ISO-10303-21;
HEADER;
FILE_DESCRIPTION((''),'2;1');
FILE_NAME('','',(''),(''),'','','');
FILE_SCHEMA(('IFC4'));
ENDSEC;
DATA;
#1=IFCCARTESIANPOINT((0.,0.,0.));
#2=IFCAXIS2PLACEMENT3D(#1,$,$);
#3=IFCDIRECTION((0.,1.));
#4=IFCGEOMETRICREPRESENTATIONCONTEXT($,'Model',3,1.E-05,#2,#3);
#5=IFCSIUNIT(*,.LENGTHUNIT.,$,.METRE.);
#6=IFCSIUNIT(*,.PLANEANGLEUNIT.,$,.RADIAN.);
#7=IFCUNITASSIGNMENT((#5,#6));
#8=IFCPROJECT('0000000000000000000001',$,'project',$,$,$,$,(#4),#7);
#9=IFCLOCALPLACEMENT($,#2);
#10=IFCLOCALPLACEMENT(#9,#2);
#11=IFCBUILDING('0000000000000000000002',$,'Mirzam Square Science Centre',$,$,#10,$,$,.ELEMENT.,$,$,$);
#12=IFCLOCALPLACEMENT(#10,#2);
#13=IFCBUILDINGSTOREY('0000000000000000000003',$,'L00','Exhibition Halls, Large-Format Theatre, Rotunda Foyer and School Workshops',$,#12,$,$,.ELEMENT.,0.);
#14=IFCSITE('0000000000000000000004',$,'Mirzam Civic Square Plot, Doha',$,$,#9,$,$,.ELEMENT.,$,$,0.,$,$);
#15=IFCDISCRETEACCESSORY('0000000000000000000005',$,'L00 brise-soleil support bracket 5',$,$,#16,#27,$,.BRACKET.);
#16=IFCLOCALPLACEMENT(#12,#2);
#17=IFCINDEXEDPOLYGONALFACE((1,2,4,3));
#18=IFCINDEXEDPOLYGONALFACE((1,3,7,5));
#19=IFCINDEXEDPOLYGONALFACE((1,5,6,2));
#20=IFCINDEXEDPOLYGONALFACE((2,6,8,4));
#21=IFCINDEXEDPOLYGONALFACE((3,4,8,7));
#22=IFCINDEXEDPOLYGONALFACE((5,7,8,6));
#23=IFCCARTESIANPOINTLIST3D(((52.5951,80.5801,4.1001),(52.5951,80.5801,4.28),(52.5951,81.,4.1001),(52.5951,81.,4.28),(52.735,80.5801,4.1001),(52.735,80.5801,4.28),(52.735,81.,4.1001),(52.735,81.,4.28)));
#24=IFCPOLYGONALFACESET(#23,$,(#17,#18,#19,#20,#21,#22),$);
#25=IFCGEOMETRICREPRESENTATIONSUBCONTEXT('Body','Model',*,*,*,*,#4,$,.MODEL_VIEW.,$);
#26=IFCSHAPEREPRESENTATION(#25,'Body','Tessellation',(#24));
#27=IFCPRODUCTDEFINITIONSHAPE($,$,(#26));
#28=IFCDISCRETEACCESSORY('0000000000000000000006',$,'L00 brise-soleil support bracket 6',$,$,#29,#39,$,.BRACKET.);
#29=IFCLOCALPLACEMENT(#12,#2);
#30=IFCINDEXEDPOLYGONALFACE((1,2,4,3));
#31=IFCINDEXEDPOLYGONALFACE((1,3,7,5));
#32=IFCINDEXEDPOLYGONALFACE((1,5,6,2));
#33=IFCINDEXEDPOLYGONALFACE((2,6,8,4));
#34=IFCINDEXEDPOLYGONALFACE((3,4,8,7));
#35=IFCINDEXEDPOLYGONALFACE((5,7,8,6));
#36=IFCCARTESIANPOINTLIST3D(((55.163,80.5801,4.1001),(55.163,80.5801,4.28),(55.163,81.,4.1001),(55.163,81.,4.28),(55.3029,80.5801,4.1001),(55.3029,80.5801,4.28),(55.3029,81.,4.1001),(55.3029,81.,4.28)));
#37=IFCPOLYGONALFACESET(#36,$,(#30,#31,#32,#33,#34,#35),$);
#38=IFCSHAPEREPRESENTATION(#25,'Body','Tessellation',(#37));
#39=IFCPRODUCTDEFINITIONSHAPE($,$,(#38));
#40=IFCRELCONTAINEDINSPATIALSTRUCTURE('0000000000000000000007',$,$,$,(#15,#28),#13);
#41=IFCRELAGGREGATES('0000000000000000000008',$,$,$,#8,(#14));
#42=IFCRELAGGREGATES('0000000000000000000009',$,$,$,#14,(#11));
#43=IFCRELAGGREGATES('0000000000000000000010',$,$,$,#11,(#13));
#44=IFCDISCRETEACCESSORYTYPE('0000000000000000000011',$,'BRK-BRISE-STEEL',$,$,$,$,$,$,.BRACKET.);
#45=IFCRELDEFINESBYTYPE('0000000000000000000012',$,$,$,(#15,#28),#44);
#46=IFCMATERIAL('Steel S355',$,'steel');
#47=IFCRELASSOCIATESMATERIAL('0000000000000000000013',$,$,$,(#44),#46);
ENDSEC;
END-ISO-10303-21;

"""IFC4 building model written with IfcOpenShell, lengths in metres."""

from ifc_helpers import new_model, si_unit, direction, frame, origin, origin_2d, place, context, subcontext, project, spatial, rectangle, extrude, material, type_object, element, save


model = new_model("IFC4")

# Units and contexts
model_context = context("Model", 3, precision=1e-05, world=origin(), true_north=direction((0.0, 1.0)))
body_context = subcontext(model_context, "Body", "Model", "MODEL_VIEW")
ifc_project = project(units=[si_unit("LENGTHUNIT", "METRE"), si_unit("PLANEANGLEUNIT", "RADIAN")], contexts=[model_context])

# Site, building, storey
site_placement = place(None, origin())
site = spatial("IfcSite", under=ifc_project, at=site_placement, Name="Mirzam Civic Square Plot, Doha", CompositionType="ELEMENT", RefElevation=0.0)
building_placement = place(site_placement, origin())
building = spatial("IfcBuilding", under=site, at=building_placement, Name="Mirzam Square Science Centre", CompositionType="ELEMENT")
storey_placement = place(building_placement, origin())
storey = spatial("IfcBuildingStorey", under=building, at=storey_placement, Name="L00", Description="Exhibition Halls, Large-Format Theatre, Rotunda Foyer and School Workshops", CompositionType="ELEMENT", Elevation=0.0)

# Shared definitions
ifc_material_1 = material(Name="Steel S355", Category="steel")

# Discrete accessories
discrete_accessory_type = type_object("IfcDiscreteAccessoryType", Name="BRK-BRISE-STEEL", PredefinedType="BRACKET", material=ifc_material_1)
for number, where, z_axis, x_axis, name in (
    (1, (52.665, 80.79, 4.1001), (0.0, 0.0, 1.0), (-1.0, 0.0, 0.0), "L00 brise-soleil support bracket 5"),
    (2, (55.2329, 80.79, 4.1001), (0.0, 0.0, 1.0), (-1.0, 0.0, 0.0), "L00 brise-soleil support bracket 6"),
):
    element("IfcDiscreteAccessory", number, at=place(storey_placement, frame(where, z_axis=z_axis, x_axis=x_axis)), inside=storey, type_object=discrete_accessory_type, Name=name, PredefinedType="BRACKET", context=body_context, shape_type="SweptSolid", body=[
        extrude(rectangle(XDim=0.1399, YDim=0.4199, at=origin_2d()), origin(), (0.0, 0.0, 1.0), 0.1799),
    ])

save(model, "model.ifc")
